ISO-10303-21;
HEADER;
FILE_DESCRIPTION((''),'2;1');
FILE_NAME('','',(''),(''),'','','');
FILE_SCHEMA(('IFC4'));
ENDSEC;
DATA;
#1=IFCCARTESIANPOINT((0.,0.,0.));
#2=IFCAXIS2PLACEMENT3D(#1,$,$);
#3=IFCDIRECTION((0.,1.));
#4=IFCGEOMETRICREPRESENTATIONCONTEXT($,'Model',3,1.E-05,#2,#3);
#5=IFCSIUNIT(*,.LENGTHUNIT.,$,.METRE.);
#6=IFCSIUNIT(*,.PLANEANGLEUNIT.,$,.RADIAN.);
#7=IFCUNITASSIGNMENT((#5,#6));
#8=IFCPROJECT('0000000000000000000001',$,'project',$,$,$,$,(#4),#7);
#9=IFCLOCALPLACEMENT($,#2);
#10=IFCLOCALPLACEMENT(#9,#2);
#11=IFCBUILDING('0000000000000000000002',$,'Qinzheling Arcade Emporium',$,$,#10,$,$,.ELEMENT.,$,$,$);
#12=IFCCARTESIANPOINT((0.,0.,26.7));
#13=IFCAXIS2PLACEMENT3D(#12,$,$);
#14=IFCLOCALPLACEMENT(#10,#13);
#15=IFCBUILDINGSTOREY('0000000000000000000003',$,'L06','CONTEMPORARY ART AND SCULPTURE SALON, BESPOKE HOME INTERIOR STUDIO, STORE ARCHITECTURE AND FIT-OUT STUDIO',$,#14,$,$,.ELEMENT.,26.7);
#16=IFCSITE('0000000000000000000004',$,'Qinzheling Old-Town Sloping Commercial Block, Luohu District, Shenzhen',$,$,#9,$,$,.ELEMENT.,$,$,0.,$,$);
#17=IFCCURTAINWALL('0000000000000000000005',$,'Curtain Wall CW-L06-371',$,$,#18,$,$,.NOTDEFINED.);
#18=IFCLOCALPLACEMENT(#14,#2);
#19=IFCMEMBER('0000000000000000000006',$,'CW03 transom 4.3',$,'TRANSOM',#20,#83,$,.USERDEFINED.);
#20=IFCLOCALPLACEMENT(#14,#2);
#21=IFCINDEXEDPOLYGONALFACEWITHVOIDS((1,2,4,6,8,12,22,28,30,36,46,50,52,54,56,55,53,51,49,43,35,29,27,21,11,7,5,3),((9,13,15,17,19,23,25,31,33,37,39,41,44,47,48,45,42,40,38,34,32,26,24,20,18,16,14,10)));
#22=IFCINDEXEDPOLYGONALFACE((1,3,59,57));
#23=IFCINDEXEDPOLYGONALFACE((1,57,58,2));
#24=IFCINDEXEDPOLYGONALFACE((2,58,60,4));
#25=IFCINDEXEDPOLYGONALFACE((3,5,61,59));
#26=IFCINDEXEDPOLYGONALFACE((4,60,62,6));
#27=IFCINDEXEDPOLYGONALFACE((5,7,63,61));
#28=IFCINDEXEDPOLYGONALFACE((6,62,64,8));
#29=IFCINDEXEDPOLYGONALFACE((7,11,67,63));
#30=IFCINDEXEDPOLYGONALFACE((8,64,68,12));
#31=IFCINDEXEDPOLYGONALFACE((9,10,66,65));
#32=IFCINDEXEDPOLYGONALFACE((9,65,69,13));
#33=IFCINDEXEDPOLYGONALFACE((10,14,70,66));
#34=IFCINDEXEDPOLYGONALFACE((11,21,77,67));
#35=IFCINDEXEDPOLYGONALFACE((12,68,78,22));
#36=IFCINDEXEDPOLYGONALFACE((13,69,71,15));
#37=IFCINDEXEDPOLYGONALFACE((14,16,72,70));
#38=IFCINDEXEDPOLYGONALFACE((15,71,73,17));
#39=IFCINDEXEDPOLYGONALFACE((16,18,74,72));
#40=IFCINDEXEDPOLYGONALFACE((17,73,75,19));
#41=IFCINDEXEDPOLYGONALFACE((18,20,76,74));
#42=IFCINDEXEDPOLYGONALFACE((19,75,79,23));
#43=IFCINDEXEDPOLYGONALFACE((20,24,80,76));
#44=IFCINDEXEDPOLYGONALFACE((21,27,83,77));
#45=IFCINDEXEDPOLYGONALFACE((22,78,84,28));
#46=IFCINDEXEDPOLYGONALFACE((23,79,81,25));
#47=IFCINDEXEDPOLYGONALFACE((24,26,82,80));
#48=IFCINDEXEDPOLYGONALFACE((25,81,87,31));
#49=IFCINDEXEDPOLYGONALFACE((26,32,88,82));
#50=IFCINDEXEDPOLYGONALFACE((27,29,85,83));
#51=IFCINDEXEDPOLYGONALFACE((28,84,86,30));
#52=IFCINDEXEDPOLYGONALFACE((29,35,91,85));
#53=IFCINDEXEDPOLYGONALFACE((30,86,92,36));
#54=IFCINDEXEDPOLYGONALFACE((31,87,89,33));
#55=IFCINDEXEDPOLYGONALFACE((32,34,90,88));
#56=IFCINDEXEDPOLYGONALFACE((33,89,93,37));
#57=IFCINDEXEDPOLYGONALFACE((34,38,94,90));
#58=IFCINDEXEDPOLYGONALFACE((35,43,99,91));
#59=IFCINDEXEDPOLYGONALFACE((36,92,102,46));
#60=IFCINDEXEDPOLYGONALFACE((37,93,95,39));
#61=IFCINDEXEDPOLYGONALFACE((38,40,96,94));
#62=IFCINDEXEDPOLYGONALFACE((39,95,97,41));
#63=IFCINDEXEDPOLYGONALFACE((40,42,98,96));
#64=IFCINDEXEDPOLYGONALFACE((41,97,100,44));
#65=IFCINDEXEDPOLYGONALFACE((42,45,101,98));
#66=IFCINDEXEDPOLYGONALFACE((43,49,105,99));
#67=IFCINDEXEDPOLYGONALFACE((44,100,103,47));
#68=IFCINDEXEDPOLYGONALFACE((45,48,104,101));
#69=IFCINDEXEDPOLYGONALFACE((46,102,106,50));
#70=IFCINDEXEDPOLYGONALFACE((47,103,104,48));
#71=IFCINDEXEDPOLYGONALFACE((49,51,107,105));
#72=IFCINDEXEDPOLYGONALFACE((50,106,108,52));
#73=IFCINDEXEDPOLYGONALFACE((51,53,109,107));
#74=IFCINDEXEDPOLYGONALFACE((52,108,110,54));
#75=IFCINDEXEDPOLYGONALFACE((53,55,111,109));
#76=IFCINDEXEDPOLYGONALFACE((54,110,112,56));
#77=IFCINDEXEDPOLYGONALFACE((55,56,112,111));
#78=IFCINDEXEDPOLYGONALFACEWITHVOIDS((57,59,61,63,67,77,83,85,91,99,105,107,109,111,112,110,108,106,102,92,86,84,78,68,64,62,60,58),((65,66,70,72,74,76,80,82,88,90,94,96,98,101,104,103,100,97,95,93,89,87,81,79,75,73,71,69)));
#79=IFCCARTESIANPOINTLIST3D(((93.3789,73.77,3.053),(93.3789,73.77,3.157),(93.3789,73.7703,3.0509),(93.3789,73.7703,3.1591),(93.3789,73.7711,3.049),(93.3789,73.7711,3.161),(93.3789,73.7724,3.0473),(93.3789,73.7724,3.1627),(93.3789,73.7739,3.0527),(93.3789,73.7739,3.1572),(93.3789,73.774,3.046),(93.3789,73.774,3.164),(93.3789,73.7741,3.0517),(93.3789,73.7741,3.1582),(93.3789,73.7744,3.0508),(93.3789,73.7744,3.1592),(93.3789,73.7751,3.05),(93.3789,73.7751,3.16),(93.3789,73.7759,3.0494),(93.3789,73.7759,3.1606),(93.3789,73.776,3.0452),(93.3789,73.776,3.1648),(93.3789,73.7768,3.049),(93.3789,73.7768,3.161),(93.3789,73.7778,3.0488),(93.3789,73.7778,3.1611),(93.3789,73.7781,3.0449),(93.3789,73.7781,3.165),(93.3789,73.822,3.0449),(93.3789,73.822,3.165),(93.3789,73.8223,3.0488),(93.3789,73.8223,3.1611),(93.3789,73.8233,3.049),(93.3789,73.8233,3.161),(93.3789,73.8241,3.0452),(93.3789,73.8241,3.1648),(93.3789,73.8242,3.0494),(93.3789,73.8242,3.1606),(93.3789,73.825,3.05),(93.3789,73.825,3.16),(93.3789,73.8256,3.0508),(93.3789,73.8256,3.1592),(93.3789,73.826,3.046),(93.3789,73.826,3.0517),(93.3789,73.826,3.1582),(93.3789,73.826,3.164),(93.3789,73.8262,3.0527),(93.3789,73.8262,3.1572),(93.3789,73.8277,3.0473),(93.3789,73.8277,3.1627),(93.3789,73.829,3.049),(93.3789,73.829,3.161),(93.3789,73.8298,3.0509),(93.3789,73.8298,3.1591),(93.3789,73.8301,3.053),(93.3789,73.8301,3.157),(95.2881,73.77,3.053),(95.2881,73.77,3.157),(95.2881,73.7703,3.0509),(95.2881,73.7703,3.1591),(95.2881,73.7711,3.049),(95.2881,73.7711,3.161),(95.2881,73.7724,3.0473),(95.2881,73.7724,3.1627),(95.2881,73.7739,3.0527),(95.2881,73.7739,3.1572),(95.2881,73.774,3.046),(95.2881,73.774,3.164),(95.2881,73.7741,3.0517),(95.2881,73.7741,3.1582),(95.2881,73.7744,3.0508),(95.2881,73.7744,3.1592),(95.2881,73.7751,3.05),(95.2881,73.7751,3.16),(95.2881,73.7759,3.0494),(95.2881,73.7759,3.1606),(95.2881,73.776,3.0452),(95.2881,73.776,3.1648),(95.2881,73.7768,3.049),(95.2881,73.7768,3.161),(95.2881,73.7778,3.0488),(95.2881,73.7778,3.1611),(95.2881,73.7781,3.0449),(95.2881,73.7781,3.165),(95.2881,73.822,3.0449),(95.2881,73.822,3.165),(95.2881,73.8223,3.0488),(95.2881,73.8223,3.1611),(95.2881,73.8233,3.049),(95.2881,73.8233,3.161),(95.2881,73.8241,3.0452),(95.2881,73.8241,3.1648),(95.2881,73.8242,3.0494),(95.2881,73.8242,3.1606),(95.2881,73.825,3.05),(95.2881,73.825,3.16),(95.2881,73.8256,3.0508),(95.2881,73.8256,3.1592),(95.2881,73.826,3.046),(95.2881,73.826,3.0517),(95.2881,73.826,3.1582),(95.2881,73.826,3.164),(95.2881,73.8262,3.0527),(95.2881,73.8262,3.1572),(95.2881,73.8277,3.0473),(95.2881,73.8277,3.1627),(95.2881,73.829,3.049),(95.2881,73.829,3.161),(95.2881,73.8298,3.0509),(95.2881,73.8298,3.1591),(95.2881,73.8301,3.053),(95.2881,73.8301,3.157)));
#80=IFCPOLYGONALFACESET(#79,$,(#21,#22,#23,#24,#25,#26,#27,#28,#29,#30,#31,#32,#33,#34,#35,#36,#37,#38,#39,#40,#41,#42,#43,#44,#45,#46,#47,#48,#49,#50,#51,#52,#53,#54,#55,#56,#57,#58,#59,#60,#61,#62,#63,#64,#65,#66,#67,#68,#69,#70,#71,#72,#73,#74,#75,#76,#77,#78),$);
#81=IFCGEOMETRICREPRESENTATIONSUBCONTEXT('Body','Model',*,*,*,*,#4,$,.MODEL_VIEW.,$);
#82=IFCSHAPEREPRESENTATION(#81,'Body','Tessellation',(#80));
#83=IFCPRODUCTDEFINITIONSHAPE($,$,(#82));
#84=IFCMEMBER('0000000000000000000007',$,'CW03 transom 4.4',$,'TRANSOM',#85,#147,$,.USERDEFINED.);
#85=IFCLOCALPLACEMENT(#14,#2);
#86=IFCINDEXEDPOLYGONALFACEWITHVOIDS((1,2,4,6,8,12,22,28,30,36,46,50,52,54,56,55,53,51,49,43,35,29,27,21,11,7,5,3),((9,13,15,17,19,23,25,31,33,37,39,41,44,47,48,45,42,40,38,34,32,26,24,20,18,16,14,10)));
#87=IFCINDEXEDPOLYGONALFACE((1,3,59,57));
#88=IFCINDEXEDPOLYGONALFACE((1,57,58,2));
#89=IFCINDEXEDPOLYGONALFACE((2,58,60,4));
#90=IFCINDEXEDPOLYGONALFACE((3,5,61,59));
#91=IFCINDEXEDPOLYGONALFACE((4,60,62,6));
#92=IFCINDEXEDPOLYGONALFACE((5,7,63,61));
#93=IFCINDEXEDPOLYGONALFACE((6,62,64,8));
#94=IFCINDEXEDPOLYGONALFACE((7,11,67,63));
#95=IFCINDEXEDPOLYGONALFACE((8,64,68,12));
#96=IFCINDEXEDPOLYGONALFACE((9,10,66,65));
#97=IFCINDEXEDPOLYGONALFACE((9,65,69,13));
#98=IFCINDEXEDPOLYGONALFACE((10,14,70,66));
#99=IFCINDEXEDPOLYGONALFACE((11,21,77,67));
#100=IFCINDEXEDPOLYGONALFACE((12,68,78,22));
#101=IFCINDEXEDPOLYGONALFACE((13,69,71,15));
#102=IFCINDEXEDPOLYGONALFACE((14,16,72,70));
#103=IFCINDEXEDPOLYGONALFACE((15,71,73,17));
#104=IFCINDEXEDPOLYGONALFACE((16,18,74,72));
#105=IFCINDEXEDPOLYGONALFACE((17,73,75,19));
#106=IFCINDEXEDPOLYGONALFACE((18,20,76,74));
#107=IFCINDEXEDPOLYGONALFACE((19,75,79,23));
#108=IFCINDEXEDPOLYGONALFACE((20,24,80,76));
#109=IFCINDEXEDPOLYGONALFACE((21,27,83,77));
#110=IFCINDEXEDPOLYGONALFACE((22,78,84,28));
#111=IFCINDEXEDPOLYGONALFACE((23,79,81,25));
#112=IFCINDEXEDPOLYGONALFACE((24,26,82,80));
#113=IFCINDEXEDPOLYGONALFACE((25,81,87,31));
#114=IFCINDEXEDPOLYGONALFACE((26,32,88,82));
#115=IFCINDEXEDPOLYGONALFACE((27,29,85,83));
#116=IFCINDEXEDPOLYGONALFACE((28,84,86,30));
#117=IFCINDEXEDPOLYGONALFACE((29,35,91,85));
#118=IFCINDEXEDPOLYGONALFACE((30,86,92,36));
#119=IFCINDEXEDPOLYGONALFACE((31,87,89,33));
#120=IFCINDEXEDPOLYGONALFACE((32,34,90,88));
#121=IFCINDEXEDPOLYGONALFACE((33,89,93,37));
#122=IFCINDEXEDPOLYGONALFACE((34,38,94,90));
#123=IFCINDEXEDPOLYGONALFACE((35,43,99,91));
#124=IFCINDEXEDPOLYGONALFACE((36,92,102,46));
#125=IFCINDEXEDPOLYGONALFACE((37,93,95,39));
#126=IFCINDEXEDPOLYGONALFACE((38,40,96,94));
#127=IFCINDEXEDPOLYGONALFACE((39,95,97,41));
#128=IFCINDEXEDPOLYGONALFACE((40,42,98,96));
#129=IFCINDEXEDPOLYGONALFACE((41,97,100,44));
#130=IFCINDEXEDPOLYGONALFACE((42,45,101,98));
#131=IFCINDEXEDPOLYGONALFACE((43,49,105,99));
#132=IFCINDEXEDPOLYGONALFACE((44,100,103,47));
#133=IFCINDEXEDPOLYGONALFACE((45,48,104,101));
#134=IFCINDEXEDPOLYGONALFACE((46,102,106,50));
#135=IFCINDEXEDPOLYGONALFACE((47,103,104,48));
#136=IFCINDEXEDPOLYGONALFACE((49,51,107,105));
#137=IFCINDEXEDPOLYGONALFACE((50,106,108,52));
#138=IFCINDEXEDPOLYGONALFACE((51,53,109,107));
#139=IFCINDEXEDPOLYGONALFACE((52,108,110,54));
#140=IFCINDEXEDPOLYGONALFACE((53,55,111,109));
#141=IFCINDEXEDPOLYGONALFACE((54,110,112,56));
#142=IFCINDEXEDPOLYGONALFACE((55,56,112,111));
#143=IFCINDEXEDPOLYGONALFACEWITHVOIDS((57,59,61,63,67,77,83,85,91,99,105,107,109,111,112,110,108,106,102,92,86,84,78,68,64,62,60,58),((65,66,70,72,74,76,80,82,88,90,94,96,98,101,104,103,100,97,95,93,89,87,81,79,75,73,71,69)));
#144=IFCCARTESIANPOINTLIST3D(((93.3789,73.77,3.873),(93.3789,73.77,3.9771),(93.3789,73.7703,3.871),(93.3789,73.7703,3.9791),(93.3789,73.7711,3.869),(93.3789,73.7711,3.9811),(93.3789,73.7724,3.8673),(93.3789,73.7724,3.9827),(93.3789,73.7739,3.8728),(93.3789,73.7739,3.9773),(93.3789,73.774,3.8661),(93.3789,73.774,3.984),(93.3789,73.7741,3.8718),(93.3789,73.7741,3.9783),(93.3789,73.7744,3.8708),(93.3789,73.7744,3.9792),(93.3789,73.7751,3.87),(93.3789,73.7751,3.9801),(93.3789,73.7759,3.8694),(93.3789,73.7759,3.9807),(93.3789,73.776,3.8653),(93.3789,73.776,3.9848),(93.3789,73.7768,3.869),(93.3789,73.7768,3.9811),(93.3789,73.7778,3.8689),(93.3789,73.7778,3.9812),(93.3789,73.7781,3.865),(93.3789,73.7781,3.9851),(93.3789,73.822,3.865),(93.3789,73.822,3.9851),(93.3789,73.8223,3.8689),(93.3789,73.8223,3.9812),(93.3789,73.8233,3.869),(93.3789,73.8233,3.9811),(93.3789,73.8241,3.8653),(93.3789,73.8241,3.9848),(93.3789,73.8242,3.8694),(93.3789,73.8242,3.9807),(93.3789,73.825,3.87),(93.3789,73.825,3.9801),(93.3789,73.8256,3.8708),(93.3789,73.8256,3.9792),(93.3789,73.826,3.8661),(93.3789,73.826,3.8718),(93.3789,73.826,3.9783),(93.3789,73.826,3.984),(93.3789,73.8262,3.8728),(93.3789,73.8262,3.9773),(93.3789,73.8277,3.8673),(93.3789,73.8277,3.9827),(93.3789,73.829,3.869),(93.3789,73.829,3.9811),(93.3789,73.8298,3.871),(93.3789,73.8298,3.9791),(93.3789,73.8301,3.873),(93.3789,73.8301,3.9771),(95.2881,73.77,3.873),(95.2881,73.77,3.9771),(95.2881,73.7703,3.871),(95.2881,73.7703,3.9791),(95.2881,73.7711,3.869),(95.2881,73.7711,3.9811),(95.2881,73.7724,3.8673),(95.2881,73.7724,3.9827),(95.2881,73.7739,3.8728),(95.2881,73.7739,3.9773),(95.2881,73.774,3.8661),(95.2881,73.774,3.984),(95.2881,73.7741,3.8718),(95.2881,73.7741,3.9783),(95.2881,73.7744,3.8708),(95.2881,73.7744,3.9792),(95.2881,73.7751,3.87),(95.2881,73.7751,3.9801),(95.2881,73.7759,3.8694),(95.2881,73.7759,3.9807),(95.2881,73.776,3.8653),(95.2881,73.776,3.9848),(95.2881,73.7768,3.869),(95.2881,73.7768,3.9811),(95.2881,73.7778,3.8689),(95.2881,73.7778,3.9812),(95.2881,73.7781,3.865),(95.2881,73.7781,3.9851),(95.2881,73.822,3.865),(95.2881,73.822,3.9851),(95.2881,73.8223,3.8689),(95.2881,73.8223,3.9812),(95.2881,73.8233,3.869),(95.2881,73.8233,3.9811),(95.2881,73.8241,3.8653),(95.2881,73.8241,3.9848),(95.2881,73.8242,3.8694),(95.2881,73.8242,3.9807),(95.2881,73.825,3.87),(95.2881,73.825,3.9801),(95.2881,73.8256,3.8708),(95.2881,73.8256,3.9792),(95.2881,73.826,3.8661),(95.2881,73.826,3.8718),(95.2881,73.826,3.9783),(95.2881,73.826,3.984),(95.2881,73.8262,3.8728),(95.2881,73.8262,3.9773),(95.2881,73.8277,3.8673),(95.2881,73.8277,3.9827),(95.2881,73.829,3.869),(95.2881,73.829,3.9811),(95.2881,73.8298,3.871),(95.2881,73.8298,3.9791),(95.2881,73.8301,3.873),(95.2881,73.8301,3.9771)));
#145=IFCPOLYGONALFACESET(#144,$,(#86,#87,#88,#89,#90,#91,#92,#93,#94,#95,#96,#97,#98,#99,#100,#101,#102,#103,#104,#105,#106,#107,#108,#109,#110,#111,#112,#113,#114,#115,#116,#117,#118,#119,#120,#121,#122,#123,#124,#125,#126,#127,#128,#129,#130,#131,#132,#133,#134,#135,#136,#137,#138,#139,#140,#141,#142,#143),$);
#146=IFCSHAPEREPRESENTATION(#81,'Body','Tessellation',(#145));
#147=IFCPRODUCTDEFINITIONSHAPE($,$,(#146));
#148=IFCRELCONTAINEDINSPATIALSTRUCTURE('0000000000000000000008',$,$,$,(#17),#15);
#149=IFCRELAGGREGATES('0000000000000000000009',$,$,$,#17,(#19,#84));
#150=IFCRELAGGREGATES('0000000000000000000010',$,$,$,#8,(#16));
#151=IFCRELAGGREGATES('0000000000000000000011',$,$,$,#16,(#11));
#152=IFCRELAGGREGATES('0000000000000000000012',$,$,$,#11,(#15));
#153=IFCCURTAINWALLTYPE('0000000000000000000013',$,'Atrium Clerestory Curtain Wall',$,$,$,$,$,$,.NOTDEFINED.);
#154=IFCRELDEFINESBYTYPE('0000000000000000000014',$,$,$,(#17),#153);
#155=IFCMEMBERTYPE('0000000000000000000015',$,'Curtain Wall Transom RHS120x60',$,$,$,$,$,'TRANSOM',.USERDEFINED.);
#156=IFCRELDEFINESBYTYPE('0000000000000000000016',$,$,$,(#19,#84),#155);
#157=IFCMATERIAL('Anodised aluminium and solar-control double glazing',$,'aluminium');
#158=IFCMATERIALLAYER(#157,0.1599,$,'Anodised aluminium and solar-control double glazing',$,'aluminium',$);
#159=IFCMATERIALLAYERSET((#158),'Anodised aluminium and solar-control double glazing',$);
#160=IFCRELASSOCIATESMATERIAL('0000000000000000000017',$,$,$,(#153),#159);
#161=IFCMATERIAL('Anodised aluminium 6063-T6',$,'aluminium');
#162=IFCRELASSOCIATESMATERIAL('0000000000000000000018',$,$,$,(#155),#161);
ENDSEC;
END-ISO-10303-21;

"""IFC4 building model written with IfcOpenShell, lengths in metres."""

from ifc_helpers import new_model, si_unit, direction, frame, origin, origin_2d, place, context, subcontext, project, spatial, hollow_rectangle, extrude, material, layer, layer_set, material_profile, profile_set, type_object, element, aggregate, save


model = new_model("IFC4")

# Units and contexts
model_context = context("Model", 3, precision=1e-05, world=origin(), true_north=direction((0.0, 1.0)))
body_context = subcontext(model_context, "Body", "Model", "MODEL_VIEW")
ifc_project = project(units=[si_unit("LENGTHUNIT", "METRE"), si_unit("PLANEANGLEUNIT", "RADIAN")], contexts=[model_context])

# Site, building, storey
site_placement = place(None, origin())
site = spatial("IfcSite", under=ifc_project, at=site_placement, Name="Qinzheling Old-Town Sloping Commercial Block, Luohu District, Shenzhen", CompositionType="ELEMENT", RefElevation=0.0)
building_placement = place(site_placement, origin())
building = spatial("IfcBuilding", under=site, at=building_placement, Name="Qinzheling Arcade Emporium", CompositionType="ELEMENT")
storey_placement = place(building_placement, frame((0.0, 0.0, 26.7)))
storey = spatial("IfcBuildingStorey", under=building, at=storey_placement, Name="L06", Description="CONTEMPORARY ART AND SCULPTURE SALON, BESPOKE HOME INTERIOR STUDIO, STORE ARCHITECTURE AND FIT-OUT STUDIO", CompositionType="ELEMENT", Elevation=26.7)

# Curtain wall
ifc_material_1 = material(Name="Anodised aluminium and solar-control double glazing", Category="aluminium")
ifc_layer_1 = layer(ifc_material_1, 0.1599, Name="Anodised aluminium and solar-control double glazing", Category="aluminium")
ifc_layer_set_1 = layer_set([ifc_layer_1], Name="Anodised aluminium and solar-control double glazing")
curtain_wall_type = type_object("IfcCurtainWallType", Name="Atrium Clerestory Curtain Wall", PredefinedType="NOTDEFINED", material=ifc_layer_set_1)
curtain_wall_1_placement = place(storey_placement, origin())
curtain_wall_1 = element("IfcCurtainWall", 1, at=curtain_wall_1_placement, inside=storey, type_object=curtain_wall_type, Name="Curtain Wall CW-L06-371", PredefinedType="NOTDEFINED")
ifc_material_2 = material(Name="Anodised aluminium 6063-T6", Category="aluminium")

# Members
ifc_material_profile_1 = material_profile(ifc_material_2, hollow_rectangle(XDim=0.0601, YDim=0.1201, WallThickness=0.0039, InnerFilletRadius=0.0039, OuterFilletRadius=0.0081, at=origin_2d()), Name="RHS 120x60x4", Category="aluminium")
ifc_profile_set_1 = profile_set([ifc_material_profile_1], Name="Anodised aluminium 6063-T6")
member_type_1 = type_object("IfcMemberType", Name="Curtain Wall Transom RHS120x60", ElementType="TRANSOM", PredefinedType="USERDEFINED", material=ifc_profile_set_1)
member_1_placement = place(storey_placement, frame((93.3789, 73.8, 3.105), z_axis=(1.0, 0.0, 0.0), x_axis=(0.0, 1.0, 0.0)))
member_1 = element("IfcMember", 2, at=member_1_placement, type_object=member_type_1, Name="CW03 transom 4.3", ObjectType="TRANSOM", PredefinedType="USERDEFINED", context=body_context, shape_type="SweptSolid", body=[
    extrude(hollow_rectangle(XDim=0.0601, YDim=0.1201, WallThickness=0.0039, InnerFilletRadius=0.0039, OuterFilletRadius=0.0081, at=origin_2d()), origin(), (0.0, 0.0, 1.0), 1.9092),
])
member_2_placement = place(storey_placement, frame((93.3789, 73.8, 3.925), z_axis=(1.0, 0.0, 0.0), x_axis=(0.0, 1.0, 0.0)))
member_2 = element("IfcMember", 3, at=member_2_placement, type_object=member_type_1, Name="CW03 transom 4.4", ObjectType="TRANSOM", PredefinedType="USERDEFINED", context=body_context, shape_type="SweptSolid", body=[
    extrude(hollow_rectangle(XDim=0.0601, YDim=0.1201, WallThickness=0.0039, InnerFilletRadius=0.0039, OuterFilletRadius=0.0081, at=origin_2d()), origin(), (0.0, 0.0, 1.0), 1.9092),
])

aggregate(curtain_wall_1, [member_1, member_2])

save(model, "model.ifc")
